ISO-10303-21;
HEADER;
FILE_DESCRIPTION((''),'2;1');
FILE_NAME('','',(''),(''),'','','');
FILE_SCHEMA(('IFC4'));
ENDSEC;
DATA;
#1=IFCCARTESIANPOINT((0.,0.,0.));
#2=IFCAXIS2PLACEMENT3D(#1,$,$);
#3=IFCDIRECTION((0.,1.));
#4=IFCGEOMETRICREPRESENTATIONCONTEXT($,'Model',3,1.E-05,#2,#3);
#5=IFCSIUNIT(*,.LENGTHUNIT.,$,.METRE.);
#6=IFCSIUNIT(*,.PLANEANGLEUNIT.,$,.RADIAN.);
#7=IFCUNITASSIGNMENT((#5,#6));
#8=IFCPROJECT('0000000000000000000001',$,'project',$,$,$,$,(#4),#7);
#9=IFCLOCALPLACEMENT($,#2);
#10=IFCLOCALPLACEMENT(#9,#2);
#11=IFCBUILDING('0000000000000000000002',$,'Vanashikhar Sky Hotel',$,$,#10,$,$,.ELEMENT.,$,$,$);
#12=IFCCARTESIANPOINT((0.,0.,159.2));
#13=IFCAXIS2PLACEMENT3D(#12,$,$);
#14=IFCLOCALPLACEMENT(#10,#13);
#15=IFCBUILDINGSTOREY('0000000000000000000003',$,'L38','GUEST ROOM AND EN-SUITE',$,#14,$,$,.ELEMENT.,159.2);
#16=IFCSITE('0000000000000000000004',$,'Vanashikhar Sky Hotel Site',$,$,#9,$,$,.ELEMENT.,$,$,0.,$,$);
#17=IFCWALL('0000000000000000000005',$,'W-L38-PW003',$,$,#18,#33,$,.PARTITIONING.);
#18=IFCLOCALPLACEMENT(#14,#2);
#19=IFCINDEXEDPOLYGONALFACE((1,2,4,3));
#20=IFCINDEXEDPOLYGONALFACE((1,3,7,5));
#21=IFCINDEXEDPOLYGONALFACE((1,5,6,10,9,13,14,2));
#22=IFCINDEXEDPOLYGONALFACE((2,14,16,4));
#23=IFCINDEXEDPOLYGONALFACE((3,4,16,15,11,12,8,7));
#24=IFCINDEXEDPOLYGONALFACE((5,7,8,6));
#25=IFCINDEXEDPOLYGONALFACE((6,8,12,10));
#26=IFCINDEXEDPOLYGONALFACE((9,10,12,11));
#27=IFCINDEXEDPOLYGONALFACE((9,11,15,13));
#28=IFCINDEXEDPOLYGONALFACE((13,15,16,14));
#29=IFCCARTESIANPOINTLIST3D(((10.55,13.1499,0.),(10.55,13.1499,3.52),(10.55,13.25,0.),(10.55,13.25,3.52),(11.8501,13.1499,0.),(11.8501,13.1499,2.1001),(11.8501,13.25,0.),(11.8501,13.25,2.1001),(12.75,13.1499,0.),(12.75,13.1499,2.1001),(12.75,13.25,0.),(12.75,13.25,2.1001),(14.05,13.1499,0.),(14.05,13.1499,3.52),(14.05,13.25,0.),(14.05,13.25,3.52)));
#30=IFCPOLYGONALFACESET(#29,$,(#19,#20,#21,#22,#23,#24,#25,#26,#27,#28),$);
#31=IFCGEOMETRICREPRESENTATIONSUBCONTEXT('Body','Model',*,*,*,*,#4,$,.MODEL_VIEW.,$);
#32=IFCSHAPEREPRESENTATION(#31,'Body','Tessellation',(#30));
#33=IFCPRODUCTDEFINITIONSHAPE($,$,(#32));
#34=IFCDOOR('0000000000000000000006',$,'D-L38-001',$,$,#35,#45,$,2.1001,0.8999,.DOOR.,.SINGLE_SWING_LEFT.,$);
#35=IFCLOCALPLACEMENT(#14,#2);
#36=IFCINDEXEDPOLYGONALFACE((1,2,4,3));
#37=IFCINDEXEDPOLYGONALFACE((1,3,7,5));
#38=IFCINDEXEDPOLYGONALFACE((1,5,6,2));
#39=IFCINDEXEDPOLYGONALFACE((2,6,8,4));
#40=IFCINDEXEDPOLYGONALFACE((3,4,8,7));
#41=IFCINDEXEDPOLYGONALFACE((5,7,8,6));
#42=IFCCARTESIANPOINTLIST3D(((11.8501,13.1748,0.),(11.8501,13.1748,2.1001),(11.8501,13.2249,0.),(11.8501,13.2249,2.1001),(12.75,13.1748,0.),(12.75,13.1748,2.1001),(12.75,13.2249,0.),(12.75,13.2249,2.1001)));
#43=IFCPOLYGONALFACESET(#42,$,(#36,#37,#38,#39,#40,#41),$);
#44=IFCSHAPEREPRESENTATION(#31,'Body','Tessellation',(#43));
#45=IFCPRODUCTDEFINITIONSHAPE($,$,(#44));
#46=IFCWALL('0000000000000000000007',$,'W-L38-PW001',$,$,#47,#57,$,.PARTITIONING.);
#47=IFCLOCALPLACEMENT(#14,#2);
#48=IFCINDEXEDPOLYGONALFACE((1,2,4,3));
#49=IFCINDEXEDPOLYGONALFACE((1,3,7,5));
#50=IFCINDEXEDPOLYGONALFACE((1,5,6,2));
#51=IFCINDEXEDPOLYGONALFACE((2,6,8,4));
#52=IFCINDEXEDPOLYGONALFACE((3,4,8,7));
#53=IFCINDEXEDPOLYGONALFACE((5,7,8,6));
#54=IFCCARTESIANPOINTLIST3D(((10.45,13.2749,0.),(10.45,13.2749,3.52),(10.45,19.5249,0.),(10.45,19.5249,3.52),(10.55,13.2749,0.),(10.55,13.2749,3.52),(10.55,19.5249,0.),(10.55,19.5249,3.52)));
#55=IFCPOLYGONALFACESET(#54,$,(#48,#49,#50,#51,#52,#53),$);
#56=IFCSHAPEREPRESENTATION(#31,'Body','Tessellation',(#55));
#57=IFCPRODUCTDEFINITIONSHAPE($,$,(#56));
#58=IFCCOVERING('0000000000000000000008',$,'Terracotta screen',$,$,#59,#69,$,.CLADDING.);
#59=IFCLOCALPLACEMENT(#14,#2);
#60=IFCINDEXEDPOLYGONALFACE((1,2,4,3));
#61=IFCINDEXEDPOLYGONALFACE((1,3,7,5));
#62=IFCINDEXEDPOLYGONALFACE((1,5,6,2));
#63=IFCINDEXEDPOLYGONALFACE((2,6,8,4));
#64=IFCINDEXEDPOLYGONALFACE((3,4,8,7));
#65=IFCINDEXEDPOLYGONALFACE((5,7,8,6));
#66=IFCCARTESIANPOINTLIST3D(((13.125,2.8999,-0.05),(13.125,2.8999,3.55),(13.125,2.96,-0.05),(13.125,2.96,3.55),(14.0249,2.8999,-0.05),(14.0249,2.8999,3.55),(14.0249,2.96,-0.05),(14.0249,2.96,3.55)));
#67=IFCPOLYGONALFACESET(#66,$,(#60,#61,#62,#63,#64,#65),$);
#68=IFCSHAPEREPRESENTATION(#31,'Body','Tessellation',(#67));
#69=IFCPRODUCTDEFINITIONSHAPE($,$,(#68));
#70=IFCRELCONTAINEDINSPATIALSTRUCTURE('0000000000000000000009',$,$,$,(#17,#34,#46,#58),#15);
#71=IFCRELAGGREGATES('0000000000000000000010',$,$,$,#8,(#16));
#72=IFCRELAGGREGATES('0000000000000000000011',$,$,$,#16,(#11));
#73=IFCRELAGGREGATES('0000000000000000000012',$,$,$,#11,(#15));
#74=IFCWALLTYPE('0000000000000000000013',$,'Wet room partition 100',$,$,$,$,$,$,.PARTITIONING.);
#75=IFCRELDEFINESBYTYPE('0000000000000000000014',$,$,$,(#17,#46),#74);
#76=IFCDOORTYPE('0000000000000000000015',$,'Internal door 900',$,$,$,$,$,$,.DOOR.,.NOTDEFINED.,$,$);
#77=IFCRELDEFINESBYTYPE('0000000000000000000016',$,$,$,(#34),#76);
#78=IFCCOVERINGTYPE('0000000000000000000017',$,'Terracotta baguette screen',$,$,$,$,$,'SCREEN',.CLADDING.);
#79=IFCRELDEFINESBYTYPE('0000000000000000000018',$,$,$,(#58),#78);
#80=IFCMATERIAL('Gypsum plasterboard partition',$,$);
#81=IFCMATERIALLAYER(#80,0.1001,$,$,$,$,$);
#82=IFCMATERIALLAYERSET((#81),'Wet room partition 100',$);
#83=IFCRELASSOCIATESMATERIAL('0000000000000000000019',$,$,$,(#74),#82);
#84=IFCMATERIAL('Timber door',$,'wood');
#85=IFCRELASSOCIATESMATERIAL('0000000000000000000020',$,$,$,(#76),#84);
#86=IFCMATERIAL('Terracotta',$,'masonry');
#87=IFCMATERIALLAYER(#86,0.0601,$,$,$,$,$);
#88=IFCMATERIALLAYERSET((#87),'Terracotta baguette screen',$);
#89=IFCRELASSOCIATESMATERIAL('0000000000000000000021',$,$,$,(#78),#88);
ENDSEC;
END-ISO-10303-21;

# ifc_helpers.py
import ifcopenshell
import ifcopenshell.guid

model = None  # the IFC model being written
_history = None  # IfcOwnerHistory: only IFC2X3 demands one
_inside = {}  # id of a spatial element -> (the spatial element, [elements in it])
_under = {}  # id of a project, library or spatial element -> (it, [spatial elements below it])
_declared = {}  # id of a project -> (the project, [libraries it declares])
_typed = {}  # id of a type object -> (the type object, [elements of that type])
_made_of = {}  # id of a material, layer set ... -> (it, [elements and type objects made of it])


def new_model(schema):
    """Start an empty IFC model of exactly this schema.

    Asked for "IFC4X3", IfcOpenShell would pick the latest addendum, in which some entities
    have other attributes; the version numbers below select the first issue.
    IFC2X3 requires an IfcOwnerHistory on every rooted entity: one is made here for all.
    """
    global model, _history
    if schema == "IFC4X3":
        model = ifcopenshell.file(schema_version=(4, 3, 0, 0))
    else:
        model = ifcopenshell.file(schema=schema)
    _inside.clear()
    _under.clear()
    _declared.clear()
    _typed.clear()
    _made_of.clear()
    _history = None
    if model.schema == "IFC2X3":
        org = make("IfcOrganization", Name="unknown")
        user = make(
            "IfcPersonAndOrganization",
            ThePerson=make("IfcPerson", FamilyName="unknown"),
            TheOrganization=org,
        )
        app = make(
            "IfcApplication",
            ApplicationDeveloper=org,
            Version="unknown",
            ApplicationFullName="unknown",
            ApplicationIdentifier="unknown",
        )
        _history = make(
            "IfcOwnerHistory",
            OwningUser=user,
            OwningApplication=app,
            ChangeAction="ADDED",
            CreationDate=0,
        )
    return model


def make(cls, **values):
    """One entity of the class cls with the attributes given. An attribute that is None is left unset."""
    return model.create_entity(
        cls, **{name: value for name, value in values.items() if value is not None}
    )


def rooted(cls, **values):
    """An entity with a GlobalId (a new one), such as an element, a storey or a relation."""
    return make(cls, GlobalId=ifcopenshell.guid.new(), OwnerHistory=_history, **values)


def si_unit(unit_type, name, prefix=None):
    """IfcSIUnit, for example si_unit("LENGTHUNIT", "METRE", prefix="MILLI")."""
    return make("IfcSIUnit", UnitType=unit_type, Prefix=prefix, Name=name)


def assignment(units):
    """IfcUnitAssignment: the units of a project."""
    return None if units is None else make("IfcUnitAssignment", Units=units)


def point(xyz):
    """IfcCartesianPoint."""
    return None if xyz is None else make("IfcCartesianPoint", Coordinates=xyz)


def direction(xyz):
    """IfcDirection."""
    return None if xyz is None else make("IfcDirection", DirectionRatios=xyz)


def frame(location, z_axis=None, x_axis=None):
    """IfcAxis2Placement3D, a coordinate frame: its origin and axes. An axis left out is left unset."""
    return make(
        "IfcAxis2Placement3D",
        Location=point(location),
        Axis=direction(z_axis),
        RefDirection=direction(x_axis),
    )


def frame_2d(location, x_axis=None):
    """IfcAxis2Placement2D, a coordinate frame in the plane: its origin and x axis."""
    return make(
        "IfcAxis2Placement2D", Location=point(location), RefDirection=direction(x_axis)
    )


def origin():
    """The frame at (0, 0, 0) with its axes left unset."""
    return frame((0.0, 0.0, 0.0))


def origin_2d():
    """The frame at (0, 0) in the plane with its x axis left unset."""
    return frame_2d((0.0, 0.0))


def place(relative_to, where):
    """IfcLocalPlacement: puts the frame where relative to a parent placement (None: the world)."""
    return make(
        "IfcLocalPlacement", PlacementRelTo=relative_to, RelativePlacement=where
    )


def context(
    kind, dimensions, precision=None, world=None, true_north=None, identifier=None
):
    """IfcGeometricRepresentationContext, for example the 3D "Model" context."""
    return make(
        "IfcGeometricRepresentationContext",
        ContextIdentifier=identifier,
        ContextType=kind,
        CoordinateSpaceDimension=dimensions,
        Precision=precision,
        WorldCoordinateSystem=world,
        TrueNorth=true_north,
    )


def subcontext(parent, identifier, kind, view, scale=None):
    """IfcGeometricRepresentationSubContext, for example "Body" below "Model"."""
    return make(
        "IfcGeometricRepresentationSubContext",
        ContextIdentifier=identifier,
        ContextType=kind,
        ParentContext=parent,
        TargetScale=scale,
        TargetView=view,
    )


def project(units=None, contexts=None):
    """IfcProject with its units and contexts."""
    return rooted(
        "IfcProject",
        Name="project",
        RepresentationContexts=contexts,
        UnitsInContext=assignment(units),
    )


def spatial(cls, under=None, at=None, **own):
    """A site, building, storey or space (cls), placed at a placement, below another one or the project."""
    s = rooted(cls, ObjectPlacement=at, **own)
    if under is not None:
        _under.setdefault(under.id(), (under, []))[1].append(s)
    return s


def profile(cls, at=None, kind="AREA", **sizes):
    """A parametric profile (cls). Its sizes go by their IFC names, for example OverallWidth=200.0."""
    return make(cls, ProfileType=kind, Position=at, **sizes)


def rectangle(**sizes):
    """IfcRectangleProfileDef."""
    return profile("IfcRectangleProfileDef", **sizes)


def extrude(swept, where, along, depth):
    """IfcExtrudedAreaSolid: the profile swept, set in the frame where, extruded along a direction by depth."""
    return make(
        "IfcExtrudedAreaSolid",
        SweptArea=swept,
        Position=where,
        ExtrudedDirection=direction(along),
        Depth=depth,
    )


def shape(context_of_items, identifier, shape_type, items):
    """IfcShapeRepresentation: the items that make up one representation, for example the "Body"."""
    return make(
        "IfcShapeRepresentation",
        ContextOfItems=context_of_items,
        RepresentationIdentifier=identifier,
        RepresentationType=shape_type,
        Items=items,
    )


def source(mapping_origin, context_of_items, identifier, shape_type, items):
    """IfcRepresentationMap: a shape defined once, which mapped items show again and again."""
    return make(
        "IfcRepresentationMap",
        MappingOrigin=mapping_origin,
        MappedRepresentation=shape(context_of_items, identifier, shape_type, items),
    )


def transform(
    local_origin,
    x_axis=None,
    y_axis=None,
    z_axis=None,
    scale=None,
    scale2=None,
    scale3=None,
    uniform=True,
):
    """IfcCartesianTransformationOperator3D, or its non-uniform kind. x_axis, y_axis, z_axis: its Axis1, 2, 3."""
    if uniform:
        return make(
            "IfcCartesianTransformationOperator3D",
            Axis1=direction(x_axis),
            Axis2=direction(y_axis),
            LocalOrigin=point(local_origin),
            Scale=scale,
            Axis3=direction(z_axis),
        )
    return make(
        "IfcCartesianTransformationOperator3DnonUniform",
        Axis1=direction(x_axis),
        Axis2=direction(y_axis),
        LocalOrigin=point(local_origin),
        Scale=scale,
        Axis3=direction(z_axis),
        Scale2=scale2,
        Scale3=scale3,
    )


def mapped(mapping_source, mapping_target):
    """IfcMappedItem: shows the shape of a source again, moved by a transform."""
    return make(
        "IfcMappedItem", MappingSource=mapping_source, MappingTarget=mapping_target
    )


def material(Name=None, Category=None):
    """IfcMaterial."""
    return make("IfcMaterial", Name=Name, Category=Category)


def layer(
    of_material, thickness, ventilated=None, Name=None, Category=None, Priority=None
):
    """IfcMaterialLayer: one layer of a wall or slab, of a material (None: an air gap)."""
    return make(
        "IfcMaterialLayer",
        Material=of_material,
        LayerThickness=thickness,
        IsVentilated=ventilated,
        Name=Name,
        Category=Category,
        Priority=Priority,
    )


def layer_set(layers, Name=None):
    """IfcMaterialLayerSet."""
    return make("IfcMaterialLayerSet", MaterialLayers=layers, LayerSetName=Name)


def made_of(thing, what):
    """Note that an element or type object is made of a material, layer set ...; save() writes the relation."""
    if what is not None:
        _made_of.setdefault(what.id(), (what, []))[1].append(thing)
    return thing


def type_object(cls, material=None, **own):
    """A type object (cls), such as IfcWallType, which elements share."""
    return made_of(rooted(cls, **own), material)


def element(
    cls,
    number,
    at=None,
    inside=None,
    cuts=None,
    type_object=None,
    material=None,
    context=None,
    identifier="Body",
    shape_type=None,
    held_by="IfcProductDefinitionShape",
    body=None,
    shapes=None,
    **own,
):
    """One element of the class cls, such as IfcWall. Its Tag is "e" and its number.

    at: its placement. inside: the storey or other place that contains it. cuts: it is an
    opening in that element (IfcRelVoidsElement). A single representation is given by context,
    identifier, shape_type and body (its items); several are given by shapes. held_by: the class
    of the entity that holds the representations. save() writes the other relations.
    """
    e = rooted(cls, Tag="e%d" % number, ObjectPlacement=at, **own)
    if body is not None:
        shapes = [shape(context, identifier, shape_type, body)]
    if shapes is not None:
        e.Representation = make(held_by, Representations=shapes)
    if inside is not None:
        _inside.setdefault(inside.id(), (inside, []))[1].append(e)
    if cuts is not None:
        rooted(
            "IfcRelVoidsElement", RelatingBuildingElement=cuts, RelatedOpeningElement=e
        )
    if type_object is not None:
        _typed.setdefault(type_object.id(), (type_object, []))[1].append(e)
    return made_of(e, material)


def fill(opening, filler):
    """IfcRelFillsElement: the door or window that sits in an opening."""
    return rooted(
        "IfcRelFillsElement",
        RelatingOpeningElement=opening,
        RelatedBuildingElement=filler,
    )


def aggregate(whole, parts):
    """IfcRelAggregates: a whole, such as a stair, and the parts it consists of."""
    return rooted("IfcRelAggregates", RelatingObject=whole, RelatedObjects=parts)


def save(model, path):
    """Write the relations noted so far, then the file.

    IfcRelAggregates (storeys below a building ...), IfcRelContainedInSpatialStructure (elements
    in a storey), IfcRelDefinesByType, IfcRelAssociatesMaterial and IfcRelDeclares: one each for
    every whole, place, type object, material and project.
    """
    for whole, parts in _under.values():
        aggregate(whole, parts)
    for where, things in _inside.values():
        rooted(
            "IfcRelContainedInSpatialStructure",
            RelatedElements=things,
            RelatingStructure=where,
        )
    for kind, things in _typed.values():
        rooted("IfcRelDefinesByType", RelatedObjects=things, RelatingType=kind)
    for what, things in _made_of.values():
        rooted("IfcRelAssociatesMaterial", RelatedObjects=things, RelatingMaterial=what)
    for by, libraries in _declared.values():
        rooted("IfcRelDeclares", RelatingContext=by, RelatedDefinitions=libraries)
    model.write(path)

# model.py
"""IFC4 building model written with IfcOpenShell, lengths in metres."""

from ifc_helpers import new_model, si_unit, direction, frame, frame_2d, origin, origin_2d, place, context, subcontext, project, spatial, rectangle, extrude, source, transform, mapped, material, layer, layer_set, type_object, element, fill, save


model = new_model("IFC4")

# Units and contexts
model_context = context("Model", 3, precision=1e-05, world=origin(), true_north=direction((0.0, 1.0)))
body_context = subcontext(model_context, "Body", "Model", "MODEL_VIEW")
ifc_project = project(units=[si_unit("LENGTHUNIT", "METRE"), si_unit("PLANEANGLEUNIT", "RADIAN")], contexts=[model_context])

# Site, building, storey
site_placement = place(None, origin())
site = spatial("IfcSite", under=ifc_project, at=site_placement, Name="Vanashikhar Sky Hotel Site", CompositionType="ELEMENT", RefElevation=0.0)
building_placement = place(site_placement, origin())
building = spatial("IfcBuilding", under=site, at=building_placement, Name="Vanashikhar Sky Hotel", CompositionType="ELEMENT")
storey_placement = place(building_placement, frame((0.0, 0.0, 159.2)))
storey = spatial("IfcBuildingStorey", under=building, at=storey_placement, Name="L38", Description="GUEST ROOM AND EN-SUITE", CompositionType="ELEMENT", Elevation=159.2)

# Wall, opening, door
ifc_material_1 = material(Name="Gypsum plasterboard partition")
ifc_layer_1 = layer(ifc_material_1, 0.1001)
ifc_layer_set_1 = layer_set([ifc_layer_1], Name="Wet room partition 100")
wall_type_1 = type_object("IfcWallType", Name="Wet room partition 100", PredefinedType="PARTITIONING", material=ifc_layer_set_1)
shared_shape_1 = source(origin(), body_context, "Body", "SweptSolid", [
    extrude(rectangle(XDim=3.5, YDim=0.1001, at=frame_2d((1.75, 0.0))), origin(), (0.0, 0.0, 1.0), 3.52),
])
wall_1_placement = place(storey_placement, frame((10.55, 13.2, 0.0), z_axis=(0.0, 0.0, 1.0), x_axis=(1.0, 0.0, 0.0)))
wall_1 = element("IfcWall", 1, at=wall_1_placement, inside=storey, type_object=wall_type_1, Name="W-L38-PW003", PredefinedType="PARTITIONING", context=body_context, shape_type="MappedRepresentation", body=[
    mapped(shared_shape_1, transform((0.0, 0.0, 0.0), scale=1.0)),
])
shared_shape_2 = source(origin(), body_context, "Body", "SweptSolid", [
    extrude(rectangle(XDim=0.8999, YDim=2.1001, at=frame_2d((0.45, 1.05))), frame((0.0, 0.0601, 0.0), z_axis=(0.0, -1.0, 0.0), x_axis=(1.0, 0.0, 0.0)), (0.0, 0.0, 1.0), 0.1201),
])
opening_1_placement = place(wall_1_placement, frame((1.3, 0.0, 0.0)))
opening_1 = element("IfcOpeningElement", 2, at=opening_1_placement, cuts=wall_1, PredefinedType="OPENING", context=body_context, shape_type="MappedRepresentation", body=[
    mapped(shared_shape_2, transform((0.0, 0.0, 0.0), scale=1.0)),
])
ifc_material_2 = material(Name="Timber door", Category="wood")
door_type_1 = type_object("IfcDoorType", Name="Internal door 900", OperationType="NOTDEFINED", PredefinedType="DOOR", material=ifc_material_2)
shared_shape_3 = source(origin(), body_context, "Body", "SweptSolid", [
    extrude(rectangle(XDim=0.8999, YDim=2.1001, at=frame_2d((0.45, 1.05))), frame((0.0, 0.0249, 0.0), z_axis=(0.0, -1.0, 0.0), x_axis=(1.0, 0.0, 0.0)), (0.0, 0.0, 1.0), 0.05),
])
door_1_placement = place(opening_1_placement, origin())
door_1 = element("IfcDoor", 3, at=door_1_placement, inside=storey, type_object=door_type_1, Name="D-L38-001", OperationType="SINGLE_SWING_LEFT", OverallHeight=2.1001, OverallWidth=0.8999, PredefinedType="DOOR", context=body_context, shape_type="MappedRepresentation", body=[
    mapped(shared_shape_3, transform((0.0, 0.0, 0.0), scale=1.0)),
])
fill(opening_1, door_1)

# Wall
shared_shape_4 = source(origin(), body_context, "Body", "SweptSolid", [
    extrude(rectangle(XDim=6.25, YDim=0.1001, at=frame_2d((3.125, 0.0))), origin(), (0.0, 0.0, 1.0), 3.52),
])
wall_2_placement = place(storey_placement, frame((10.5, 13.2749, 0.0), z_axis=(0.0, 0.0, 1.0), x_axis=(0.0, 1.0, 0.0)))
element("IfcWall", 4, at=wall_2_placement, inside=storey, type_object=wall_type_1, Name="W-L38-PW001", PredefinedType="PARTITIONING", context=body_context, shape_type="MappedRepresentation", body=[
    mapped(shared_shape_4, transform((0.0, 0.0, 0.0), scale=1.0)),
])

# Covering
ifc_material_3 = material(Name="Terracotta", Category="masonry")
ifc_layer_2 = layer(ifc_material_3, 0.0601)
ifc_layer_set_2 = layer_set([ifc_layer_2], Name="Terracotta baguette screen")
covering_type = type_object("IfcCoveringType", Name="Terracotta baguette screen", ElementType="SCREEN", PredefinedType="CLADDING", material=ifc_layer_set_2)
shared_shape_5 = source(origin(), body_context, "Body", "SweptSolid", [
    extrude(rectangle(XDim=0.8999, YDim=0.0601, at=origin_2d()), origin(), (0.0, 0.0, 1.0), 3.6001),
])
covering_placement = place(storey_placement, frame((13.575, 2.9299, -0.05), z_axis=(0.0, 0.0, 1.0), x_axis=(1.0, 0.0, 0.0)))
element("IfcCovering", 5, at=covering_placement, inside=storey, type_object=covering_type, Name="Terracotta screen", PredefinedType="CLADDING", context=body_context, shape_type="MappedRepresentation", body=[
    mapped(shared_shape_5, transform((0.0, 0.0, 0.0), scale=1.0)),
])

save(model, "model.ifc")
